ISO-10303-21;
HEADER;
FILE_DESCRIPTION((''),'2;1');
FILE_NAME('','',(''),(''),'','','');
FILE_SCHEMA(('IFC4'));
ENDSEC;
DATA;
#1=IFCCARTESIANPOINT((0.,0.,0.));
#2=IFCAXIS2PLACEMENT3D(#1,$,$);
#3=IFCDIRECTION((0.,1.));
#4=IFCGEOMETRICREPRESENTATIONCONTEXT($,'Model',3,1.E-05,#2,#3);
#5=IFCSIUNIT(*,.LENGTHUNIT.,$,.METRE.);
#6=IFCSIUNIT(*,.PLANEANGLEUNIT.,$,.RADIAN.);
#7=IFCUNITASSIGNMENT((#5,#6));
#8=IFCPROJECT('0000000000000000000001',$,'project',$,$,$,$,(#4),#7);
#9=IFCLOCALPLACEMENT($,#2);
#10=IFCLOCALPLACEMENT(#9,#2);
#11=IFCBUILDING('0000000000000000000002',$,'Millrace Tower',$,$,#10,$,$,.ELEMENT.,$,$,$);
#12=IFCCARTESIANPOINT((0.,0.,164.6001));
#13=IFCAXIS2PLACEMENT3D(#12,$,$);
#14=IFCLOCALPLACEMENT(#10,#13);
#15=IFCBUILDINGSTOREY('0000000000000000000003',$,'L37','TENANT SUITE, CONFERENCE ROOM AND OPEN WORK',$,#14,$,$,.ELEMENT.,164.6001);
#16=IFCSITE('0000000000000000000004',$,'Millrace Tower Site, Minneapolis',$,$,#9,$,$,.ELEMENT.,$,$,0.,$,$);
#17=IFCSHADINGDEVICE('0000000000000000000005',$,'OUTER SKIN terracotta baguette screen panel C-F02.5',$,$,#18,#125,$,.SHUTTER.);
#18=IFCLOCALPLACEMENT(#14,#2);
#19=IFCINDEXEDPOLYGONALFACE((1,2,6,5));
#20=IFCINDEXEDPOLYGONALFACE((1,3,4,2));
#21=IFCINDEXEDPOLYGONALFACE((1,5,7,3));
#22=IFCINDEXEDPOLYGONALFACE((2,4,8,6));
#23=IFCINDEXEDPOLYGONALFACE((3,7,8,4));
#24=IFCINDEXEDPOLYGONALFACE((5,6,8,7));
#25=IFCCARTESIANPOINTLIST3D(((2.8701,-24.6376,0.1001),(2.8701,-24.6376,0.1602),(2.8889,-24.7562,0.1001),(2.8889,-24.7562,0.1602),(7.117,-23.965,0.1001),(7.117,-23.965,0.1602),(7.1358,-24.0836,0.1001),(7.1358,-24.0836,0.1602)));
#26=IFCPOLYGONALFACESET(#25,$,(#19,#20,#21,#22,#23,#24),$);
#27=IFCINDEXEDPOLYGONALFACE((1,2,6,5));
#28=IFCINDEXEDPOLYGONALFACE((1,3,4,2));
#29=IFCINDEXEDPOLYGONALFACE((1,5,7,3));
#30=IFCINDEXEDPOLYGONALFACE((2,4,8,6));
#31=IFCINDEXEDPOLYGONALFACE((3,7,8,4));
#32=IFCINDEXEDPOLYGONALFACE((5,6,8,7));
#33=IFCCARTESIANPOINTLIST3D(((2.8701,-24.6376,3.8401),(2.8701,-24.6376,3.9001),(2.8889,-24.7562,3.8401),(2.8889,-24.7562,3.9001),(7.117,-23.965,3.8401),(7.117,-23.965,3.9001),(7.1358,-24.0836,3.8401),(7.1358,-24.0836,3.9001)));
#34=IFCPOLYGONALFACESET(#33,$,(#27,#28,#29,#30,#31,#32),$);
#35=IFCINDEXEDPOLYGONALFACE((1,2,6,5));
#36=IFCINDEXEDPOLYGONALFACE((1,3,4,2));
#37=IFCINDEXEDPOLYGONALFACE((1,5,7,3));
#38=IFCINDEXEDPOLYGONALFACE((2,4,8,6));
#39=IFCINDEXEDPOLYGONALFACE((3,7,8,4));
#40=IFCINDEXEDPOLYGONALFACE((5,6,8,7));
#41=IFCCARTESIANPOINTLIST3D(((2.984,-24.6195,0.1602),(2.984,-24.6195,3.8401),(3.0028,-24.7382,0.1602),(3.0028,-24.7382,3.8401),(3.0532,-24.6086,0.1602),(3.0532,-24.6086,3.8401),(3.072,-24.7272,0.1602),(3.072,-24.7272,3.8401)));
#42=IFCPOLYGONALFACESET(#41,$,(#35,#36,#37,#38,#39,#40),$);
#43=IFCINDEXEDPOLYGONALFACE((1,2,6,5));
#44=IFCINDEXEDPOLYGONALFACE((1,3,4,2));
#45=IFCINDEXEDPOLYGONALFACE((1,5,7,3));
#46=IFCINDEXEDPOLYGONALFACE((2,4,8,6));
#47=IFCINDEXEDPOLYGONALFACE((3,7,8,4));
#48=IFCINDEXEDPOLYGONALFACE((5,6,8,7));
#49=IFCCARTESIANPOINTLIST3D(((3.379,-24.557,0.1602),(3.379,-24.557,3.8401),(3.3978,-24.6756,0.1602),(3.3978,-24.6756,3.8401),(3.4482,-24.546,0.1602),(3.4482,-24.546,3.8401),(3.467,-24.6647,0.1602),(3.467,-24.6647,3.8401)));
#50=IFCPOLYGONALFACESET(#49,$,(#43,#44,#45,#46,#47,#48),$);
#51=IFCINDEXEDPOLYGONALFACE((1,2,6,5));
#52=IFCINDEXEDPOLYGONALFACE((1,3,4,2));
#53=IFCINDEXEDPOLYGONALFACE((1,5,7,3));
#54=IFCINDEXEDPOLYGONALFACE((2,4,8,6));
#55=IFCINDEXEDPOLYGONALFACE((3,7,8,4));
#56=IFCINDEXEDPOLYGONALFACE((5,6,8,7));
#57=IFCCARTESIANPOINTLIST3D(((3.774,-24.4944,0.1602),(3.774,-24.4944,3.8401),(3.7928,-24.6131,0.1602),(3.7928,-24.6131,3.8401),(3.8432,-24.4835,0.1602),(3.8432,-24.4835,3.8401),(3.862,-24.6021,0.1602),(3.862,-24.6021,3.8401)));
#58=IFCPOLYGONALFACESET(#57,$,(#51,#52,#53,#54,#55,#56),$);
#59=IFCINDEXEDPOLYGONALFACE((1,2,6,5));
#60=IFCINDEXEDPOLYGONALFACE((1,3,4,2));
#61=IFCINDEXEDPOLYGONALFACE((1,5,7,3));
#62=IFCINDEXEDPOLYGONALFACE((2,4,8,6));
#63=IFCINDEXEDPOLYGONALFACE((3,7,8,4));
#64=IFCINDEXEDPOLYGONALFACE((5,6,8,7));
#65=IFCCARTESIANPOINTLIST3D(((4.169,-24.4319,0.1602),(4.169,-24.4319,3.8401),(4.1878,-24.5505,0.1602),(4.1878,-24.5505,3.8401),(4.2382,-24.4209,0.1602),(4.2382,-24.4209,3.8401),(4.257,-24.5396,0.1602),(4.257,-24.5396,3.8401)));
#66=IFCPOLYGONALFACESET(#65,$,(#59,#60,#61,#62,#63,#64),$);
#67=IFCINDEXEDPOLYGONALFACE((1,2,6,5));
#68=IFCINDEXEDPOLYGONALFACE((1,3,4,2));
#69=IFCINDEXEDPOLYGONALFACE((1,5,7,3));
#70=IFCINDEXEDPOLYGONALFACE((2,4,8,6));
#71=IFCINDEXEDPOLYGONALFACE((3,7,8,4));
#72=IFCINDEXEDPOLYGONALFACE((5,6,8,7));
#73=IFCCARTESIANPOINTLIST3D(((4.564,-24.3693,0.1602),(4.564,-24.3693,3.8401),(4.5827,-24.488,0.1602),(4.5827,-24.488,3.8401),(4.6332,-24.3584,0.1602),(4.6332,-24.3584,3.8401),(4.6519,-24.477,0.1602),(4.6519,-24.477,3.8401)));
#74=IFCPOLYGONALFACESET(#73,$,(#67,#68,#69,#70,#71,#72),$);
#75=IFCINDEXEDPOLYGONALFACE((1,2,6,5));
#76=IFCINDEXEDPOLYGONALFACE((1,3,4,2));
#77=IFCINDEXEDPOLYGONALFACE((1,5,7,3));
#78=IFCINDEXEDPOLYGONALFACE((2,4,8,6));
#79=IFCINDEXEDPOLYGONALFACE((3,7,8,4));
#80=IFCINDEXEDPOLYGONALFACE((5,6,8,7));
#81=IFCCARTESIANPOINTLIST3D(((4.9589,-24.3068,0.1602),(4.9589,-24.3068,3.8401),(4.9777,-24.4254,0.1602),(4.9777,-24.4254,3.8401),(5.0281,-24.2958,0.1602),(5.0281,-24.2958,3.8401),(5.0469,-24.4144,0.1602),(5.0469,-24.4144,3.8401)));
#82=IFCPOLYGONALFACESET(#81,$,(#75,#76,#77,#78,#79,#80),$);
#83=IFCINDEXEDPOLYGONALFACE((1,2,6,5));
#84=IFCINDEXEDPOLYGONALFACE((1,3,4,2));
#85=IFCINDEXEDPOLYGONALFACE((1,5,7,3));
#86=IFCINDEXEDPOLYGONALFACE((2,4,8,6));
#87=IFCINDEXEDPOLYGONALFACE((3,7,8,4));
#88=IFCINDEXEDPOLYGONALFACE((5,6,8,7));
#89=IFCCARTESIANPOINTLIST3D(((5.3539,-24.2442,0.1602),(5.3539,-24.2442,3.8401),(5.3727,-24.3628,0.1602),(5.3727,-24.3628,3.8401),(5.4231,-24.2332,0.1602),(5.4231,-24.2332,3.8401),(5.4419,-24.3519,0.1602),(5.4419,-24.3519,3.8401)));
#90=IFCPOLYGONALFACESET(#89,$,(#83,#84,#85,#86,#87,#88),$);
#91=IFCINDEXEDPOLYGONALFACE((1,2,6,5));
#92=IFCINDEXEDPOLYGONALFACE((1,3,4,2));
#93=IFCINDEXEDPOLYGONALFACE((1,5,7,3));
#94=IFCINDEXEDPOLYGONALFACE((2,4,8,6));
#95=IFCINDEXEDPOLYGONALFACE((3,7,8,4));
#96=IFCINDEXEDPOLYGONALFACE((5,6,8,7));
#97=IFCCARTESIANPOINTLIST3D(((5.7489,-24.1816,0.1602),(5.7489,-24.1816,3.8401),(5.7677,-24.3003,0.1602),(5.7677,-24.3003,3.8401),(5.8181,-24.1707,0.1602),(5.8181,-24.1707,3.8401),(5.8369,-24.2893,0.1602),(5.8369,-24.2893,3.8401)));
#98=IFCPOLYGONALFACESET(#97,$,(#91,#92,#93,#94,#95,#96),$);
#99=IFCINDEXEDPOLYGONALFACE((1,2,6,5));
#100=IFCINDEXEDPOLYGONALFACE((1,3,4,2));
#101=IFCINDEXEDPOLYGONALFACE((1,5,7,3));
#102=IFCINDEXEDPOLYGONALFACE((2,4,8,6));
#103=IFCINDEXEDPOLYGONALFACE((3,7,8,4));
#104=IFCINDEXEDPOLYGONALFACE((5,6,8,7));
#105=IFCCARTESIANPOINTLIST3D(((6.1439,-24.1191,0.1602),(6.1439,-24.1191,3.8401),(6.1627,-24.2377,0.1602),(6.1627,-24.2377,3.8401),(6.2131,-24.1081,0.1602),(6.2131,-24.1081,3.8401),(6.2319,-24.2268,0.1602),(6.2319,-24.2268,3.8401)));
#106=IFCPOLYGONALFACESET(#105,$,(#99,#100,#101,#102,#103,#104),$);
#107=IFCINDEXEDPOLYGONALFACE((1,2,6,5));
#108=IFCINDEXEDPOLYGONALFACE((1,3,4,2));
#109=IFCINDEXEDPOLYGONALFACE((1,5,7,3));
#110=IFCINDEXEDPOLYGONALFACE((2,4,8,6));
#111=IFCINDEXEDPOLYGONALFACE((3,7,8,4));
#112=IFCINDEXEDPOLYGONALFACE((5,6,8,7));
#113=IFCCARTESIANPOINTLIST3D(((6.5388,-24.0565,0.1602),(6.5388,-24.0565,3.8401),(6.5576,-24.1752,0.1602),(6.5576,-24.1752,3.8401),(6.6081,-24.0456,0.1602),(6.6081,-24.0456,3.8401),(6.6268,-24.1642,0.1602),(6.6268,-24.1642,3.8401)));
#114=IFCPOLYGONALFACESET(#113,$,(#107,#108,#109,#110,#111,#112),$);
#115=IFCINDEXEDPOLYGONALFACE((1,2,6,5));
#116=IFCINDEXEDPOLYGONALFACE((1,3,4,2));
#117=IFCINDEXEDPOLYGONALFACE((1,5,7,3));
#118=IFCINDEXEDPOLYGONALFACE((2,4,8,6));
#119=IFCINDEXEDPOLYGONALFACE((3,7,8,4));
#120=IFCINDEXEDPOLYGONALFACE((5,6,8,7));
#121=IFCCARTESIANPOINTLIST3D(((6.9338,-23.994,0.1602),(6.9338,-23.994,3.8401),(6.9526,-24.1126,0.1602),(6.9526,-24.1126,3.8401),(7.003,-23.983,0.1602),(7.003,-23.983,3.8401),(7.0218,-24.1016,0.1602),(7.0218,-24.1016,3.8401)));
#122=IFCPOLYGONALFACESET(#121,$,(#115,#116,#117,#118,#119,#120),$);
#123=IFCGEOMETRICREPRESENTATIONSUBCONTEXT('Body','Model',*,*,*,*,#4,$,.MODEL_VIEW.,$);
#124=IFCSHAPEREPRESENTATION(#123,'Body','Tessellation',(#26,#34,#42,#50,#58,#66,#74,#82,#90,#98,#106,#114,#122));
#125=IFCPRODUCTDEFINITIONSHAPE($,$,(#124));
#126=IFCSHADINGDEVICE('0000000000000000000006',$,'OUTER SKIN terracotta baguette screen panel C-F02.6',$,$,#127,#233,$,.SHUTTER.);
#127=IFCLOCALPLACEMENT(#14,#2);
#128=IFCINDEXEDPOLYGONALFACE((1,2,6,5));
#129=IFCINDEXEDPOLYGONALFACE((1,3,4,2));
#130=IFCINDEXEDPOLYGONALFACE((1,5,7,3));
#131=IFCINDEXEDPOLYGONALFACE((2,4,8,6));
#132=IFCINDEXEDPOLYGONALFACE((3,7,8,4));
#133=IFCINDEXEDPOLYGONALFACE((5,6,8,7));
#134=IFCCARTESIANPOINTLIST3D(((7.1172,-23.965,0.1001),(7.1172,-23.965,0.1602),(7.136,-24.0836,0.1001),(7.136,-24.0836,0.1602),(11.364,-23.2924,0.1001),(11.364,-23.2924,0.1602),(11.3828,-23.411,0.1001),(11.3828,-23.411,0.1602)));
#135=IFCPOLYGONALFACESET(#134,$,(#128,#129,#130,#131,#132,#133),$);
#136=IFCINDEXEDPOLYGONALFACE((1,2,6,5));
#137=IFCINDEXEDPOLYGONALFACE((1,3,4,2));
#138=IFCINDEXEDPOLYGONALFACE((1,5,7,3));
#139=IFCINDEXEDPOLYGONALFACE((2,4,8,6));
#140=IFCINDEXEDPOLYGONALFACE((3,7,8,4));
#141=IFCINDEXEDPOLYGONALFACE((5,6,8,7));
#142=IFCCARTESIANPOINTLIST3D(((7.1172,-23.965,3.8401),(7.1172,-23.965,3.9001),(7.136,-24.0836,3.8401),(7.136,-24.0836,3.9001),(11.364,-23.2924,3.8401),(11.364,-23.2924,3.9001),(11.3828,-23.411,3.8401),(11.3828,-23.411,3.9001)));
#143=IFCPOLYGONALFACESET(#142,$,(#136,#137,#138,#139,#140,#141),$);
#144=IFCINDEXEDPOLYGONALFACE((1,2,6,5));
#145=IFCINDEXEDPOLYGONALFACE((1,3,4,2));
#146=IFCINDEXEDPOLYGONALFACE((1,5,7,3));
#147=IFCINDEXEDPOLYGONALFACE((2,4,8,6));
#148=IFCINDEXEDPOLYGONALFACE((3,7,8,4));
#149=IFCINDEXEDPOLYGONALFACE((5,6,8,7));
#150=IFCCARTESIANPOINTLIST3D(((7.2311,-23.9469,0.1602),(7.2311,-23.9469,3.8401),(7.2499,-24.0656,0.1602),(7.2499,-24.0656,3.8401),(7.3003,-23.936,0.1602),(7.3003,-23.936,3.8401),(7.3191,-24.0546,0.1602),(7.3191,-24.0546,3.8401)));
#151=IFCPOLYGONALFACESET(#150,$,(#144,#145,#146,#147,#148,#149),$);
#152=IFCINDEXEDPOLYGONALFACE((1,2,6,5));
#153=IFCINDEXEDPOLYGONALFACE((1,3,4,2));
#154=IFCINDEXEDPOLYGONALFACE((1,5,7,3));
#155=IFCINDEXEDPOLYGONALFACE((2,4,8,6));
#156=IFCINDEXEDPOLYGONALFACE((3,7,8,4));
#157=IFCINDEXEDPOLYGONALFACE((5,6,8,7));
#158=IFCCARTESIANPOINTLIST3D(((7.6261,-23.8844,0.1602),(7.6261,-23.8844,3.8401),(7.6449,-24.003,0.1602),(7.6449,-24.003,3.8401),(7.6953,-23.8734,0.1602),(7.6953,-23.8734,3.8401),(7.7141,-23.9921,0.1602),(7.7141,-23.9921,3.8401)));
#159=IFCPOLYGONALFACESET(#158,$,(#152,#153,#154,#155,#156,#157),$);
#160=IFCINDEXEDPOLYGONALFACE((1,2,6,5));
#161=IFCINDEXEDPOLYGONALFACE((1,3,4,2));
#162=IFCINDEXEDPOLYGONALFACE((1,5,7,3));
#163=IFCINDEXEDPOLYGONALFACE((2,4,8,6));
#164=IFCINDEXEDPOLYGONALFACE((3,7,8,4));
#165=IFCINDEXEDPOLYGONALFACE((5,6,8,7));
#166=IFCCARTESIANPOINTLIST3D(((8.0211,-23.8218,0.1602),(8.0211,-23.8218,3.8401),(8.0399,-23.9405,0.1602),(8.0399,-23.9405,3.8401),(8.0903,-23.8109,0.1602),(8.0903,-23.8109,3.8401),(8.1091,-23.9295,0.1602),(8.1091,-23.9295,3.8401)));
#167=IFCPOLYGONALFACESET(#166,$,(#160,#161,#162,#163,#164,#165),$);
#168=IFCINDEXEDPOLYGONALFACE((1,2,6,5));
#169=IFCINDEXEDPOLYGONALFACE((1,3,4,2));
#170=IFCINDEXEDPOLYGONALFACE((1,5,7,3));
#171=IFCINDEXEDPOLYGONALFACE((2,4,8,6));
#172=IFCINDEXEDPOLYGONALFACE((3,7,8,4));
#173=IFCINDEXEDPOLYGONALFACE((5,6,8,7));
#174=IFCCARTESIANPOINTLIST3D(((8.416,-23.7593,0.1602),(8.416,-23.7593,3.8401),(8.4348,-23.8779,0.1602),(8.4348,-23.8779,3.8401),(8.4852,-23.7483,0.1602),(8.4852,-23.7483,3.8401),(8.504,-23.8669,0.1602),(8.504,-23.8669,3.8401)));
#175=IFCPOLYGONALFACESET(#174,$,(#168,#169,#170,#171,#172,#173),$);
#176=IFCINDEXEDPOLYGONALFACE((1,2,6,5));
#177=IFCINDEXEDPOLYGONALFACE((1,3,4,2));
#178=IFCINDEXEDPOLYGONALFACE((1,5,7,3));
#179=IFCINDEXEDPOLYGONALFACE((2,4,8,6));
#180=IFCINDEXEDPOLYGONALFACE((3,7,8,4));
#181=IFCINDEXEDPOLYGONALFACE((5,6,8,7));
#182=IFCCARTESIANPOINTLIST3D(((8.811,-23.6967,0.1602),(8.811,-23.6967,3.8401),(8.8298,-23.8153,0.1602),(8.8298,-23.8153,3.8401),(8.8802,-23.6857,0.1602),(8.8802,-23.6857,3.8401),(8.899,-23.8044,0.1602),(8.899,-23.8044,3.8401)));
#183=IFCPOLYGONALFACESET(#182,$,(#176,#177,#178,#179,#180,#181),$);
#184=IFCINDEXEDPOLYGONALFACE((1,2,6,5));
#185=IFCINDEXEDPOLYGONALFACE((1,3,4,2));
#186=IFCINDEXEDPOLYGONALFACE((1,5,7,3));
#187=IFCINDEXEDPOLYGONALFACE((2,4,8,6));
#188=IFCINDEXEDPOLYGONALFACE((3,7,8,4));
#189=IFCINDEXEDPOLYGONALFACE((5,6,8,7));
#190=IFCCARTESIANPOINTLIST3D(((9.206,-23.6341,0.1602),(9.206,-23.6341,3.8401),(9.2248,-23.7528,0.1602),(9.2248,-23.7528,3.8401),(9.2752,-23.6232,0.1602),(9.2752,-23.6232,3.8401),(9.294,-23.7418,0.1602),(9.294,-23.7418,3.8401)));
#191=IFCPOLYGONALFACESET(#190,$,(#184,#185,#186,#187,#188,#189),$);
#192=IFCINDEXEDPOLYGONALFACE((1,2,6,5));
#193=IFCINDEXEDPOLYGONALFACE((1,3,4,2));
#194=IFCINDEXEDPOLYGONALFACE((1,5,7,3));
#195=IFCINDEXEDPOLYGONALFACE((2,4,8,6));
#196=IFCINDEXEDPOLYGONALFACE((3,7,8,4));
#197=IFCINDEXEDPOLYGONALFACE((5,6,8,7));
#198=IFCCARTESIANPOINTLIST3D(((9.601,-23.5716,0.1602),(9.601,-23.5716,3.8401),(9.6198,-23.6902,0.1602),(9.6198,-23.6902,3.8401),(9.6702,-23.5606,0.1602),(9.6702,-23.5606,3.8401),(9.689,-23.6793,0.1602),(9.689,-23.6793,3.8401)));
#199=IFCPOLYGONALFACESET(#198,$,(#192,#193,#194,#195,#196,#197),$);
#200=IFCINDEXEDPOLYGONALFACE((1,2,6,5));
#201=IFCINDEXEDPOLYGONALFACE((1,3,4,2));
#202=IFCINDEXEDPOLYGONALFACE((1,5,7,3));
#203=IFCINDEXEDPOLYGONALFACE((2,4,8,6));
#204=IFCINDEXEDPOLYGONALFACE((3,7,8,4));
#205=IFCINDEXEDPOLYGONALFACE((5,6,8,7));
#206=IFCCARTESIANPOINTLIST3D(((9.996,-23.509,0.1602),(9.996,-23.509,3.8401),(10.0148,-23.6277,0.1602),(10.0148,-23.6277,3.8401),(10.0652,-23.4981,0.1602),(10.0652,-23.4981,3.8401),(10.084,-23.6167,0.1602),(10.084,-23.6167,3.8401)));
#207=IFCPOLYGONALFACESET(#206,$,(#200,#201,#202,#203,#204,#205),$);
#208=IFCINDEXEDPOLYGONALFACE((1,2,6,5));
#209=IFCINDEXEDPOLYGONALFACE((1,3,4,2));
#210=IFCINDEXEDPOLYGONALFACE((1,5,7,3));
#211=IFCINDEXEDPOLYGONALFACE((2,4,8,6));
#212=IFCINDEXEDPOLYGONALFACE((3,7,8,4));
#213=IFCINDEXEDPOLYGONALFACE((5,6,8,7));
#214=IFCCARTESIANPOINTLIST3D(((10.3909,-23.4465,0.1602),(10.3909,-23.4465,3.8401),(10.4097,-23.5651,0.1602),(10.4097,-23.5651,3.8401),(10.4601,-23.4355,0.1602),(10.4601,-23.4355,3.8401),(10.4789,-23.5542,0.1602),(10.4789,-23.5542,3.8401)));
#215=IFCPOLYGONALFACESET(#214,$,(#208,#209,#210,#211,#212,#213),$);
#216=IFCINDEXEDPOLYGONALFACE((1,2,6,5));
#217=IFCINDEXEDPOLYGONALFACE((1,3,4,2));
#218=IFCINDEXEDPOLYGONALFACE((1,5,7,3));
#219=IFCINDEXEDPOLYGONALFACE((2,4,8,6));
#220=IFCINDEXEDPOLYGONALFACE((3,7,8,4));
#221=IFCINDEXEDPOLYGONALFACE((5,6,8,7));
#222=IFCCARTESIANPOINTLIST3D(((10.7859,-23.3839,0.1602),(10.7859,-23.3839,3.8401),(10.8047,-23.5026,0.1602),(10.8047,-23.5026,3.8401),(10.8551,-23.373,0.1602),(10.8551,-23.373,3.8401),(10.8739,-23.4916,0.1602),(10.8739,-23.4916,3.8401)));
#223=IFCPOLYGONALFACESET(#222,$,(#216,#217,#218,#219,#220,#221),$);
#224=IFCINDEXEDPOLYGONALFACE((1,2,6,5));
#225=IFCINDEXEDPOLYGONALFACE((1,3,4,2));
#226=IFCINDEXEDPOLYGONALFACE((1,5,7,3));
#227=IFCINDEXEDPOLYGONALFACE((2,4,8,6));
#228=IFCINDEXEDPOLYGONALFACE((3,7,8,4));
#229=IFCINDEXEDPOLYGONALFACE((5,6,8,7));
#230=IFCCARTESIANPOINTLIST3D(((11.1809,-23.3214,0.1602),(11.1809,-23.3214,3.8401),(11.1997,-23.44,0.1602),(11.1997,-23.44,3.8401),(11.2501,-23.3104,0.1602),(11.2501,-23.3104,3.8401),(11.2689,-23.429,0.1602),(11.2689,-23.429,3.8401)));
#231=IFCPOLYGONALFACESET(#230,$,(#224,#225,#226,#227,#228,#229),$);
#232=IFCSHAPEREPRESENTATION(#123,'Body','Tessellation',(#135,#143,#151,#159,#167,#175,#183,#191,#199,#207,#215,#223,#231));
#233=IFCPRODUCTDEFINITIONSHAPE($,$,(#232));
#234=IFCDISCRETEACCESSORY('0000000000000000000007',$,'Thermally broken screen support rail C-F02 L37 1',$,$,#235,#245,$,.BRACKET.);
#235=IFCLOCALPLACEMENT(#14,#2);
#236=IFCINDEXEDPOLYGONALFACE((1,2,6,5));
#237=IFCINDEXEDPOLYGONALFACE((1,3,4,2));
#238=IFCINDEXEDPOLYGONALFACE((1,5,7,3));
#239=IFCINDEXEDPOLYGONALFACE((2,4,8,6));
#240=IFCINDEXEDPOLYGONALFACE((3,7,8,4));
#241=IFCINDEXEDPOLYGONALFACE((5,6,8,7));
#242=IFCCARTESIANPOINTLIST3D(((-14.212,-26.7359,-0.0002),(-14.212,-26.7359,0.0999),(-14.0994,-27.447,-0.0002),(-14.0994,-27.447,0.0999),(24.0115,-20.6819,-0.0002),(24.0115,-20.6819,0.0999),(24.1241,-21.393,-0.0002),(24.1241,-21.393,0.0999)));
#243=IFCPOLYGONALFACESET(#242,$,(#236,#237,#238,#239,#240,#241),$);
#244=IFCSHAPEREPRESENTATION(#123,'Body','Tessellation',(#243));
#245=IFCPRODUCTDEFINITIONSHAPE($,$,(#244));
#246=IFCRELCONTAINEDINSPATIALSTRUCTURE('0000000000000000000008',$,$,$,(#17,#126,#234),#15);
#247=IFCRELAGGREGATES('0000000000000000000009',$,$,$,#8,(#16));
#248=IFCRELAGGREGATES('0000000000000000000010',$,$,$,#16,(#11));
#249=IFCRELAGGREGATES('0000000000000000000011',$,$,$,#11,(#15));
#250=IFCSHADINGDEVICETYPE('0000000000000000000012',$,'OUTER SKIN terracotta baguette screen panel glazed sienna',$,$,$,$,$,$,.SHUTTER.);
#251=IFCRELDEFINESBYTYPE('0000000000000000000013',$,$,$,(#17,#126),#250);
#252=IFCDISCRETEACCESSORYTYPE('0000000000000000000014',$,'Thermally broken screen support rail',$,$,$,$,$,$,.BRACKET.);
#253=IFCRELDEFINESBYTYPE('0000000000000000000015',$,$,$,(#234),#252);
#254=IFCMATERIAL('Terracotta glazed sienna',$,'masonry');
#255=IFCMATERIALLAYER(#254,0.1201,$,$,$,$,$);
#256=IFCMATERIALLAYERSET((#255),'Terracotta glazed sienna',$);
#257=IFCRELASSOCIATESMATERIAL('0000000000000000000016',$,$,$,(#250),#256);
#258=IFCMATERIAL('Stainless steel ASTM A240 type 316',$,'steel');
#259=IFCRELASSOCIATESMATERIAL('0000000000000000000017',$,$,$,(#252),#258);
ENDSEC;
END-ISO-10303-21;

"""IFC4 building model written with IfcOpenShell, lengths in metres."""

from ifc_helpers import new_model, entity, si_unit, direction, frame, frame_2d, origin, origin_2d, place, context, subcontext, project, spatial, rectangle, extrude, source, transform, mapped, material, layer, layer_set, type_object, element, save


model = new_model("IFC4")

# Units and contexts
model_context = context("Model", 3, precision=1e-05, world=origin(), true_north=direction((0.0, 1.0)))
body_context = subcontext(model_context, "Body", "Model", "MODEL_VIEW")
ifc_project = project(units=[si_unit("LENGTHUNIT", "METRE"), si_unit("PLANEANGLEUNIT", "RADIAN")], contexts=[model_context])

# Site, building, storey
site_placement = place(None, origin())
site = spatial("IfcSite", under=ifc_project, at=site_placement, Name="Millrace Tower Site, Minneapolis", CompositionType="ELEMENT", RefElevation=0.0)
building_placement = place(site_placement, origin())
building = spatial("IfcBuilding", under=site, at=building_placement, Name="Millrace Tower", CompositionType="ELEMENT")
storey_placement = place(building_placement, frame((0.0, 0.0, 164.6001)))
storey = spatial("IfcBuildingStorey", under=building, at=storey_placement, Name="L37", Description="TENANT SUITE, CONFERENCE ROOM AND OPEN WORK", CompositionType="ELEMENT", Elevation=164.6001)

# Shading devices
ifc_material_1 = material(Name="Terracotta glazed sienna", Category="masonry")
ifc_layer_1 = layer(ifc_material_1, 0.1201)
ifc_layer_set_1 = layer_set([ifc_layer_1], Name="Terracotta glazed sienna")
shading_device_type = type_object("IfcShadingDeviceType", Name="OUTER SKIN terracotta baguette screen panel glazed sienna", PredefinedType="SHUTTER", material=ifc_layer_set_1)
cartesian_point = entity("IfcCartesianPoint", [-2.1499, 0.0601])
shared_polyline = entity("IfcPolyline", [cartesian_point, entity("IfcCartesianPoint", [2.1499, 0.0601]), entity("IfcCartesianPoint", [2.1499, -0.0601]), entity("IfcCartesianPoint", [-2.1499, -0.0601]), cartesian_point])
shared_shape = source(origin(), body_context, "Body", "SweptSolid", [
    entity("IfcExtrudedAreaSolid", entity("IfcArbitraryClosedProfileDef", "AREA", None, shared_polyline), entity("IfcAxis2Placement3D", entity("IfcCartesianPoint", [0.0, 0.0, 0.0])), entity("IfcDirection", [0.0, 0.0, 1.0]), 0.0601),
    entity("IfcExtrudedAreaSolid", entity("IfcArbitraryClosedProfileDef", "AREA", None, shared_polyline), entity("IfcAxis2Placement3D", entity("IfcCartesianPoint", [0.0, 0.0, 3.74])), entity("IfcDirection", [0.0, 0.0, 1.0]), 0.0601),
    extrude(rectangle(XDim=0.0701, YDim=0.1201, at=frame_2d((-1.9995, 0.0))), frame((0.0, 0.0, 0.0601)), (0.0, 0.0, 1.0), 3.6799),
    extrude(rectangle(XDim=0.0701, YDim=0.1201, at=frame_2d((-1.5996, 0.0))), frame((0.0, 0.0, 0.0601)), (0.0, 0.0, 1.0), 3.6799),
    extrude(rectangle(XDim=0.0701, YDim=0.1201, at=frame_2d((-1.1997, 0.0))), frame((0.0, 0.0, 0.0601)), (0.0, 0.0, 1.0), 3.6799),
    extrude(rectangle(XDim=0.0701, YDim=0.1201, at=frame_2d((-0.7998, 0.0))), frame((0.0, 0.0, 0.0601)), (0.0, 0.0, 1.0), 3.6799),
    extrude(rectangle(XDim=0.0701, YDim=0.1201, at=frame_2d((-0.3999, 0.0))), frame((0.0, 0.0, 0.0601)), (0.0, 0.0, 1.0), 3.6799),
    extrude(rectangle(XDim=0.0701, YDim=0.1201, at=origin_2d()), frame((0.0, 0.0, 0.0601)), (0.0, 0.0, 1.0), 3.6799),
    extrude(rectangle(XDim=0.0701, YDim=0.1201, at=frame_2d((0.3999, 0.0))), frame((0.0, 0.0, 0.0601)), (0.0, 0.0, 1.0), 3.6799),
    extrude(rectangle(XDim=0.0701, YDim=0.1201, at=frame_2d((0.7998, 0.0))), frame((0.0, 0.0, 0.0601)), (0.0, 0.0, 1.0), 3.6799),
    extrude(rectangle(XDim=0.0701, YDim=0.1201, at=frame_2d((1.1997, 0.0))), frame((0.0, 0.0, 0.0601)), (0.0, 0.0, 1.0), 3.6799),
    extrude(rectangle(XDim=0.0701, YDim=0.1201, at=frame_2d((1.5996, 0.0))), frame((0.0, 0.0, 0.0601)), (0.0, 0.0, 1.0), 3.6799),
    extrude(rectangle(XDim=0.0701, YDim=0.1201, at=frame_2d((1.9995, 0.0))), frame((0.0, 0.0, 0.0601)), (0.0, 0.0, 1.0), 3.6799),
])
for number, where, z_axis, x_axis, name in (
    (1, (5.0029, -24.3606, 0.1001), (0.0, 0.0, 1.0), (0.987688, 0.156434, 0.0), "OUTER SKIN terracotta baguette screen panel C-F02.5"),
    (2, (9.25, -23.688, 0.1001), (0.0, 0.0, 1.0), (0.987688, 0.156434, 0.0), "OUTER SKIN terracotta baguette screen panel C-F02.6"),
):
    element("IfcShadingDevice", number, at=place(storey_placement, frame(where, z_axis=z_axis, x_axis=x_axis)), inside=storey, type_object=shading_device_type, Name=name, PredefinedType="SHUTTER", context=body_context, shape_type="MappedRepresentation", body=[
        mapped(shared_shape, transform((0.0, 0.0, 0.0), scale=1.0)),
    ])

# Discrete accessory
ifc_material_2 = material(Name="Stainless steel ASTM A240 type 316", Category="steel")
discrete_accessory_type = type_object("IfcDiscreteAccessoryType", Name="Thermally broken screen support rail", PredefinedType="BRACKET", material=ifc_material_2)
discrete_accessory_placement = place(storey_placement, frame((4.9561, -24.0645, -0.0002), z_axis=(0.0, 0.0, 1.0), x_axis=(0.987688, 0.156434, 0.0)))
element("IfcDiscreteAccessory", 3, at=discrete_accessory_placement, inside=storey, type_object=discrete_accessory_type, Name="Thermally broken screen support rail C-F02 L37 1", PredefinedType="BRACKET", context=body_context, shape_type="SweptSolid", body=[
    extrude(rectangle(XDim=38.7, YDim=0.72, at=origin_2d()), origin(), (0.0, 0.0, 1.0), 0.1001),
])

save(model, "model.ifc")
